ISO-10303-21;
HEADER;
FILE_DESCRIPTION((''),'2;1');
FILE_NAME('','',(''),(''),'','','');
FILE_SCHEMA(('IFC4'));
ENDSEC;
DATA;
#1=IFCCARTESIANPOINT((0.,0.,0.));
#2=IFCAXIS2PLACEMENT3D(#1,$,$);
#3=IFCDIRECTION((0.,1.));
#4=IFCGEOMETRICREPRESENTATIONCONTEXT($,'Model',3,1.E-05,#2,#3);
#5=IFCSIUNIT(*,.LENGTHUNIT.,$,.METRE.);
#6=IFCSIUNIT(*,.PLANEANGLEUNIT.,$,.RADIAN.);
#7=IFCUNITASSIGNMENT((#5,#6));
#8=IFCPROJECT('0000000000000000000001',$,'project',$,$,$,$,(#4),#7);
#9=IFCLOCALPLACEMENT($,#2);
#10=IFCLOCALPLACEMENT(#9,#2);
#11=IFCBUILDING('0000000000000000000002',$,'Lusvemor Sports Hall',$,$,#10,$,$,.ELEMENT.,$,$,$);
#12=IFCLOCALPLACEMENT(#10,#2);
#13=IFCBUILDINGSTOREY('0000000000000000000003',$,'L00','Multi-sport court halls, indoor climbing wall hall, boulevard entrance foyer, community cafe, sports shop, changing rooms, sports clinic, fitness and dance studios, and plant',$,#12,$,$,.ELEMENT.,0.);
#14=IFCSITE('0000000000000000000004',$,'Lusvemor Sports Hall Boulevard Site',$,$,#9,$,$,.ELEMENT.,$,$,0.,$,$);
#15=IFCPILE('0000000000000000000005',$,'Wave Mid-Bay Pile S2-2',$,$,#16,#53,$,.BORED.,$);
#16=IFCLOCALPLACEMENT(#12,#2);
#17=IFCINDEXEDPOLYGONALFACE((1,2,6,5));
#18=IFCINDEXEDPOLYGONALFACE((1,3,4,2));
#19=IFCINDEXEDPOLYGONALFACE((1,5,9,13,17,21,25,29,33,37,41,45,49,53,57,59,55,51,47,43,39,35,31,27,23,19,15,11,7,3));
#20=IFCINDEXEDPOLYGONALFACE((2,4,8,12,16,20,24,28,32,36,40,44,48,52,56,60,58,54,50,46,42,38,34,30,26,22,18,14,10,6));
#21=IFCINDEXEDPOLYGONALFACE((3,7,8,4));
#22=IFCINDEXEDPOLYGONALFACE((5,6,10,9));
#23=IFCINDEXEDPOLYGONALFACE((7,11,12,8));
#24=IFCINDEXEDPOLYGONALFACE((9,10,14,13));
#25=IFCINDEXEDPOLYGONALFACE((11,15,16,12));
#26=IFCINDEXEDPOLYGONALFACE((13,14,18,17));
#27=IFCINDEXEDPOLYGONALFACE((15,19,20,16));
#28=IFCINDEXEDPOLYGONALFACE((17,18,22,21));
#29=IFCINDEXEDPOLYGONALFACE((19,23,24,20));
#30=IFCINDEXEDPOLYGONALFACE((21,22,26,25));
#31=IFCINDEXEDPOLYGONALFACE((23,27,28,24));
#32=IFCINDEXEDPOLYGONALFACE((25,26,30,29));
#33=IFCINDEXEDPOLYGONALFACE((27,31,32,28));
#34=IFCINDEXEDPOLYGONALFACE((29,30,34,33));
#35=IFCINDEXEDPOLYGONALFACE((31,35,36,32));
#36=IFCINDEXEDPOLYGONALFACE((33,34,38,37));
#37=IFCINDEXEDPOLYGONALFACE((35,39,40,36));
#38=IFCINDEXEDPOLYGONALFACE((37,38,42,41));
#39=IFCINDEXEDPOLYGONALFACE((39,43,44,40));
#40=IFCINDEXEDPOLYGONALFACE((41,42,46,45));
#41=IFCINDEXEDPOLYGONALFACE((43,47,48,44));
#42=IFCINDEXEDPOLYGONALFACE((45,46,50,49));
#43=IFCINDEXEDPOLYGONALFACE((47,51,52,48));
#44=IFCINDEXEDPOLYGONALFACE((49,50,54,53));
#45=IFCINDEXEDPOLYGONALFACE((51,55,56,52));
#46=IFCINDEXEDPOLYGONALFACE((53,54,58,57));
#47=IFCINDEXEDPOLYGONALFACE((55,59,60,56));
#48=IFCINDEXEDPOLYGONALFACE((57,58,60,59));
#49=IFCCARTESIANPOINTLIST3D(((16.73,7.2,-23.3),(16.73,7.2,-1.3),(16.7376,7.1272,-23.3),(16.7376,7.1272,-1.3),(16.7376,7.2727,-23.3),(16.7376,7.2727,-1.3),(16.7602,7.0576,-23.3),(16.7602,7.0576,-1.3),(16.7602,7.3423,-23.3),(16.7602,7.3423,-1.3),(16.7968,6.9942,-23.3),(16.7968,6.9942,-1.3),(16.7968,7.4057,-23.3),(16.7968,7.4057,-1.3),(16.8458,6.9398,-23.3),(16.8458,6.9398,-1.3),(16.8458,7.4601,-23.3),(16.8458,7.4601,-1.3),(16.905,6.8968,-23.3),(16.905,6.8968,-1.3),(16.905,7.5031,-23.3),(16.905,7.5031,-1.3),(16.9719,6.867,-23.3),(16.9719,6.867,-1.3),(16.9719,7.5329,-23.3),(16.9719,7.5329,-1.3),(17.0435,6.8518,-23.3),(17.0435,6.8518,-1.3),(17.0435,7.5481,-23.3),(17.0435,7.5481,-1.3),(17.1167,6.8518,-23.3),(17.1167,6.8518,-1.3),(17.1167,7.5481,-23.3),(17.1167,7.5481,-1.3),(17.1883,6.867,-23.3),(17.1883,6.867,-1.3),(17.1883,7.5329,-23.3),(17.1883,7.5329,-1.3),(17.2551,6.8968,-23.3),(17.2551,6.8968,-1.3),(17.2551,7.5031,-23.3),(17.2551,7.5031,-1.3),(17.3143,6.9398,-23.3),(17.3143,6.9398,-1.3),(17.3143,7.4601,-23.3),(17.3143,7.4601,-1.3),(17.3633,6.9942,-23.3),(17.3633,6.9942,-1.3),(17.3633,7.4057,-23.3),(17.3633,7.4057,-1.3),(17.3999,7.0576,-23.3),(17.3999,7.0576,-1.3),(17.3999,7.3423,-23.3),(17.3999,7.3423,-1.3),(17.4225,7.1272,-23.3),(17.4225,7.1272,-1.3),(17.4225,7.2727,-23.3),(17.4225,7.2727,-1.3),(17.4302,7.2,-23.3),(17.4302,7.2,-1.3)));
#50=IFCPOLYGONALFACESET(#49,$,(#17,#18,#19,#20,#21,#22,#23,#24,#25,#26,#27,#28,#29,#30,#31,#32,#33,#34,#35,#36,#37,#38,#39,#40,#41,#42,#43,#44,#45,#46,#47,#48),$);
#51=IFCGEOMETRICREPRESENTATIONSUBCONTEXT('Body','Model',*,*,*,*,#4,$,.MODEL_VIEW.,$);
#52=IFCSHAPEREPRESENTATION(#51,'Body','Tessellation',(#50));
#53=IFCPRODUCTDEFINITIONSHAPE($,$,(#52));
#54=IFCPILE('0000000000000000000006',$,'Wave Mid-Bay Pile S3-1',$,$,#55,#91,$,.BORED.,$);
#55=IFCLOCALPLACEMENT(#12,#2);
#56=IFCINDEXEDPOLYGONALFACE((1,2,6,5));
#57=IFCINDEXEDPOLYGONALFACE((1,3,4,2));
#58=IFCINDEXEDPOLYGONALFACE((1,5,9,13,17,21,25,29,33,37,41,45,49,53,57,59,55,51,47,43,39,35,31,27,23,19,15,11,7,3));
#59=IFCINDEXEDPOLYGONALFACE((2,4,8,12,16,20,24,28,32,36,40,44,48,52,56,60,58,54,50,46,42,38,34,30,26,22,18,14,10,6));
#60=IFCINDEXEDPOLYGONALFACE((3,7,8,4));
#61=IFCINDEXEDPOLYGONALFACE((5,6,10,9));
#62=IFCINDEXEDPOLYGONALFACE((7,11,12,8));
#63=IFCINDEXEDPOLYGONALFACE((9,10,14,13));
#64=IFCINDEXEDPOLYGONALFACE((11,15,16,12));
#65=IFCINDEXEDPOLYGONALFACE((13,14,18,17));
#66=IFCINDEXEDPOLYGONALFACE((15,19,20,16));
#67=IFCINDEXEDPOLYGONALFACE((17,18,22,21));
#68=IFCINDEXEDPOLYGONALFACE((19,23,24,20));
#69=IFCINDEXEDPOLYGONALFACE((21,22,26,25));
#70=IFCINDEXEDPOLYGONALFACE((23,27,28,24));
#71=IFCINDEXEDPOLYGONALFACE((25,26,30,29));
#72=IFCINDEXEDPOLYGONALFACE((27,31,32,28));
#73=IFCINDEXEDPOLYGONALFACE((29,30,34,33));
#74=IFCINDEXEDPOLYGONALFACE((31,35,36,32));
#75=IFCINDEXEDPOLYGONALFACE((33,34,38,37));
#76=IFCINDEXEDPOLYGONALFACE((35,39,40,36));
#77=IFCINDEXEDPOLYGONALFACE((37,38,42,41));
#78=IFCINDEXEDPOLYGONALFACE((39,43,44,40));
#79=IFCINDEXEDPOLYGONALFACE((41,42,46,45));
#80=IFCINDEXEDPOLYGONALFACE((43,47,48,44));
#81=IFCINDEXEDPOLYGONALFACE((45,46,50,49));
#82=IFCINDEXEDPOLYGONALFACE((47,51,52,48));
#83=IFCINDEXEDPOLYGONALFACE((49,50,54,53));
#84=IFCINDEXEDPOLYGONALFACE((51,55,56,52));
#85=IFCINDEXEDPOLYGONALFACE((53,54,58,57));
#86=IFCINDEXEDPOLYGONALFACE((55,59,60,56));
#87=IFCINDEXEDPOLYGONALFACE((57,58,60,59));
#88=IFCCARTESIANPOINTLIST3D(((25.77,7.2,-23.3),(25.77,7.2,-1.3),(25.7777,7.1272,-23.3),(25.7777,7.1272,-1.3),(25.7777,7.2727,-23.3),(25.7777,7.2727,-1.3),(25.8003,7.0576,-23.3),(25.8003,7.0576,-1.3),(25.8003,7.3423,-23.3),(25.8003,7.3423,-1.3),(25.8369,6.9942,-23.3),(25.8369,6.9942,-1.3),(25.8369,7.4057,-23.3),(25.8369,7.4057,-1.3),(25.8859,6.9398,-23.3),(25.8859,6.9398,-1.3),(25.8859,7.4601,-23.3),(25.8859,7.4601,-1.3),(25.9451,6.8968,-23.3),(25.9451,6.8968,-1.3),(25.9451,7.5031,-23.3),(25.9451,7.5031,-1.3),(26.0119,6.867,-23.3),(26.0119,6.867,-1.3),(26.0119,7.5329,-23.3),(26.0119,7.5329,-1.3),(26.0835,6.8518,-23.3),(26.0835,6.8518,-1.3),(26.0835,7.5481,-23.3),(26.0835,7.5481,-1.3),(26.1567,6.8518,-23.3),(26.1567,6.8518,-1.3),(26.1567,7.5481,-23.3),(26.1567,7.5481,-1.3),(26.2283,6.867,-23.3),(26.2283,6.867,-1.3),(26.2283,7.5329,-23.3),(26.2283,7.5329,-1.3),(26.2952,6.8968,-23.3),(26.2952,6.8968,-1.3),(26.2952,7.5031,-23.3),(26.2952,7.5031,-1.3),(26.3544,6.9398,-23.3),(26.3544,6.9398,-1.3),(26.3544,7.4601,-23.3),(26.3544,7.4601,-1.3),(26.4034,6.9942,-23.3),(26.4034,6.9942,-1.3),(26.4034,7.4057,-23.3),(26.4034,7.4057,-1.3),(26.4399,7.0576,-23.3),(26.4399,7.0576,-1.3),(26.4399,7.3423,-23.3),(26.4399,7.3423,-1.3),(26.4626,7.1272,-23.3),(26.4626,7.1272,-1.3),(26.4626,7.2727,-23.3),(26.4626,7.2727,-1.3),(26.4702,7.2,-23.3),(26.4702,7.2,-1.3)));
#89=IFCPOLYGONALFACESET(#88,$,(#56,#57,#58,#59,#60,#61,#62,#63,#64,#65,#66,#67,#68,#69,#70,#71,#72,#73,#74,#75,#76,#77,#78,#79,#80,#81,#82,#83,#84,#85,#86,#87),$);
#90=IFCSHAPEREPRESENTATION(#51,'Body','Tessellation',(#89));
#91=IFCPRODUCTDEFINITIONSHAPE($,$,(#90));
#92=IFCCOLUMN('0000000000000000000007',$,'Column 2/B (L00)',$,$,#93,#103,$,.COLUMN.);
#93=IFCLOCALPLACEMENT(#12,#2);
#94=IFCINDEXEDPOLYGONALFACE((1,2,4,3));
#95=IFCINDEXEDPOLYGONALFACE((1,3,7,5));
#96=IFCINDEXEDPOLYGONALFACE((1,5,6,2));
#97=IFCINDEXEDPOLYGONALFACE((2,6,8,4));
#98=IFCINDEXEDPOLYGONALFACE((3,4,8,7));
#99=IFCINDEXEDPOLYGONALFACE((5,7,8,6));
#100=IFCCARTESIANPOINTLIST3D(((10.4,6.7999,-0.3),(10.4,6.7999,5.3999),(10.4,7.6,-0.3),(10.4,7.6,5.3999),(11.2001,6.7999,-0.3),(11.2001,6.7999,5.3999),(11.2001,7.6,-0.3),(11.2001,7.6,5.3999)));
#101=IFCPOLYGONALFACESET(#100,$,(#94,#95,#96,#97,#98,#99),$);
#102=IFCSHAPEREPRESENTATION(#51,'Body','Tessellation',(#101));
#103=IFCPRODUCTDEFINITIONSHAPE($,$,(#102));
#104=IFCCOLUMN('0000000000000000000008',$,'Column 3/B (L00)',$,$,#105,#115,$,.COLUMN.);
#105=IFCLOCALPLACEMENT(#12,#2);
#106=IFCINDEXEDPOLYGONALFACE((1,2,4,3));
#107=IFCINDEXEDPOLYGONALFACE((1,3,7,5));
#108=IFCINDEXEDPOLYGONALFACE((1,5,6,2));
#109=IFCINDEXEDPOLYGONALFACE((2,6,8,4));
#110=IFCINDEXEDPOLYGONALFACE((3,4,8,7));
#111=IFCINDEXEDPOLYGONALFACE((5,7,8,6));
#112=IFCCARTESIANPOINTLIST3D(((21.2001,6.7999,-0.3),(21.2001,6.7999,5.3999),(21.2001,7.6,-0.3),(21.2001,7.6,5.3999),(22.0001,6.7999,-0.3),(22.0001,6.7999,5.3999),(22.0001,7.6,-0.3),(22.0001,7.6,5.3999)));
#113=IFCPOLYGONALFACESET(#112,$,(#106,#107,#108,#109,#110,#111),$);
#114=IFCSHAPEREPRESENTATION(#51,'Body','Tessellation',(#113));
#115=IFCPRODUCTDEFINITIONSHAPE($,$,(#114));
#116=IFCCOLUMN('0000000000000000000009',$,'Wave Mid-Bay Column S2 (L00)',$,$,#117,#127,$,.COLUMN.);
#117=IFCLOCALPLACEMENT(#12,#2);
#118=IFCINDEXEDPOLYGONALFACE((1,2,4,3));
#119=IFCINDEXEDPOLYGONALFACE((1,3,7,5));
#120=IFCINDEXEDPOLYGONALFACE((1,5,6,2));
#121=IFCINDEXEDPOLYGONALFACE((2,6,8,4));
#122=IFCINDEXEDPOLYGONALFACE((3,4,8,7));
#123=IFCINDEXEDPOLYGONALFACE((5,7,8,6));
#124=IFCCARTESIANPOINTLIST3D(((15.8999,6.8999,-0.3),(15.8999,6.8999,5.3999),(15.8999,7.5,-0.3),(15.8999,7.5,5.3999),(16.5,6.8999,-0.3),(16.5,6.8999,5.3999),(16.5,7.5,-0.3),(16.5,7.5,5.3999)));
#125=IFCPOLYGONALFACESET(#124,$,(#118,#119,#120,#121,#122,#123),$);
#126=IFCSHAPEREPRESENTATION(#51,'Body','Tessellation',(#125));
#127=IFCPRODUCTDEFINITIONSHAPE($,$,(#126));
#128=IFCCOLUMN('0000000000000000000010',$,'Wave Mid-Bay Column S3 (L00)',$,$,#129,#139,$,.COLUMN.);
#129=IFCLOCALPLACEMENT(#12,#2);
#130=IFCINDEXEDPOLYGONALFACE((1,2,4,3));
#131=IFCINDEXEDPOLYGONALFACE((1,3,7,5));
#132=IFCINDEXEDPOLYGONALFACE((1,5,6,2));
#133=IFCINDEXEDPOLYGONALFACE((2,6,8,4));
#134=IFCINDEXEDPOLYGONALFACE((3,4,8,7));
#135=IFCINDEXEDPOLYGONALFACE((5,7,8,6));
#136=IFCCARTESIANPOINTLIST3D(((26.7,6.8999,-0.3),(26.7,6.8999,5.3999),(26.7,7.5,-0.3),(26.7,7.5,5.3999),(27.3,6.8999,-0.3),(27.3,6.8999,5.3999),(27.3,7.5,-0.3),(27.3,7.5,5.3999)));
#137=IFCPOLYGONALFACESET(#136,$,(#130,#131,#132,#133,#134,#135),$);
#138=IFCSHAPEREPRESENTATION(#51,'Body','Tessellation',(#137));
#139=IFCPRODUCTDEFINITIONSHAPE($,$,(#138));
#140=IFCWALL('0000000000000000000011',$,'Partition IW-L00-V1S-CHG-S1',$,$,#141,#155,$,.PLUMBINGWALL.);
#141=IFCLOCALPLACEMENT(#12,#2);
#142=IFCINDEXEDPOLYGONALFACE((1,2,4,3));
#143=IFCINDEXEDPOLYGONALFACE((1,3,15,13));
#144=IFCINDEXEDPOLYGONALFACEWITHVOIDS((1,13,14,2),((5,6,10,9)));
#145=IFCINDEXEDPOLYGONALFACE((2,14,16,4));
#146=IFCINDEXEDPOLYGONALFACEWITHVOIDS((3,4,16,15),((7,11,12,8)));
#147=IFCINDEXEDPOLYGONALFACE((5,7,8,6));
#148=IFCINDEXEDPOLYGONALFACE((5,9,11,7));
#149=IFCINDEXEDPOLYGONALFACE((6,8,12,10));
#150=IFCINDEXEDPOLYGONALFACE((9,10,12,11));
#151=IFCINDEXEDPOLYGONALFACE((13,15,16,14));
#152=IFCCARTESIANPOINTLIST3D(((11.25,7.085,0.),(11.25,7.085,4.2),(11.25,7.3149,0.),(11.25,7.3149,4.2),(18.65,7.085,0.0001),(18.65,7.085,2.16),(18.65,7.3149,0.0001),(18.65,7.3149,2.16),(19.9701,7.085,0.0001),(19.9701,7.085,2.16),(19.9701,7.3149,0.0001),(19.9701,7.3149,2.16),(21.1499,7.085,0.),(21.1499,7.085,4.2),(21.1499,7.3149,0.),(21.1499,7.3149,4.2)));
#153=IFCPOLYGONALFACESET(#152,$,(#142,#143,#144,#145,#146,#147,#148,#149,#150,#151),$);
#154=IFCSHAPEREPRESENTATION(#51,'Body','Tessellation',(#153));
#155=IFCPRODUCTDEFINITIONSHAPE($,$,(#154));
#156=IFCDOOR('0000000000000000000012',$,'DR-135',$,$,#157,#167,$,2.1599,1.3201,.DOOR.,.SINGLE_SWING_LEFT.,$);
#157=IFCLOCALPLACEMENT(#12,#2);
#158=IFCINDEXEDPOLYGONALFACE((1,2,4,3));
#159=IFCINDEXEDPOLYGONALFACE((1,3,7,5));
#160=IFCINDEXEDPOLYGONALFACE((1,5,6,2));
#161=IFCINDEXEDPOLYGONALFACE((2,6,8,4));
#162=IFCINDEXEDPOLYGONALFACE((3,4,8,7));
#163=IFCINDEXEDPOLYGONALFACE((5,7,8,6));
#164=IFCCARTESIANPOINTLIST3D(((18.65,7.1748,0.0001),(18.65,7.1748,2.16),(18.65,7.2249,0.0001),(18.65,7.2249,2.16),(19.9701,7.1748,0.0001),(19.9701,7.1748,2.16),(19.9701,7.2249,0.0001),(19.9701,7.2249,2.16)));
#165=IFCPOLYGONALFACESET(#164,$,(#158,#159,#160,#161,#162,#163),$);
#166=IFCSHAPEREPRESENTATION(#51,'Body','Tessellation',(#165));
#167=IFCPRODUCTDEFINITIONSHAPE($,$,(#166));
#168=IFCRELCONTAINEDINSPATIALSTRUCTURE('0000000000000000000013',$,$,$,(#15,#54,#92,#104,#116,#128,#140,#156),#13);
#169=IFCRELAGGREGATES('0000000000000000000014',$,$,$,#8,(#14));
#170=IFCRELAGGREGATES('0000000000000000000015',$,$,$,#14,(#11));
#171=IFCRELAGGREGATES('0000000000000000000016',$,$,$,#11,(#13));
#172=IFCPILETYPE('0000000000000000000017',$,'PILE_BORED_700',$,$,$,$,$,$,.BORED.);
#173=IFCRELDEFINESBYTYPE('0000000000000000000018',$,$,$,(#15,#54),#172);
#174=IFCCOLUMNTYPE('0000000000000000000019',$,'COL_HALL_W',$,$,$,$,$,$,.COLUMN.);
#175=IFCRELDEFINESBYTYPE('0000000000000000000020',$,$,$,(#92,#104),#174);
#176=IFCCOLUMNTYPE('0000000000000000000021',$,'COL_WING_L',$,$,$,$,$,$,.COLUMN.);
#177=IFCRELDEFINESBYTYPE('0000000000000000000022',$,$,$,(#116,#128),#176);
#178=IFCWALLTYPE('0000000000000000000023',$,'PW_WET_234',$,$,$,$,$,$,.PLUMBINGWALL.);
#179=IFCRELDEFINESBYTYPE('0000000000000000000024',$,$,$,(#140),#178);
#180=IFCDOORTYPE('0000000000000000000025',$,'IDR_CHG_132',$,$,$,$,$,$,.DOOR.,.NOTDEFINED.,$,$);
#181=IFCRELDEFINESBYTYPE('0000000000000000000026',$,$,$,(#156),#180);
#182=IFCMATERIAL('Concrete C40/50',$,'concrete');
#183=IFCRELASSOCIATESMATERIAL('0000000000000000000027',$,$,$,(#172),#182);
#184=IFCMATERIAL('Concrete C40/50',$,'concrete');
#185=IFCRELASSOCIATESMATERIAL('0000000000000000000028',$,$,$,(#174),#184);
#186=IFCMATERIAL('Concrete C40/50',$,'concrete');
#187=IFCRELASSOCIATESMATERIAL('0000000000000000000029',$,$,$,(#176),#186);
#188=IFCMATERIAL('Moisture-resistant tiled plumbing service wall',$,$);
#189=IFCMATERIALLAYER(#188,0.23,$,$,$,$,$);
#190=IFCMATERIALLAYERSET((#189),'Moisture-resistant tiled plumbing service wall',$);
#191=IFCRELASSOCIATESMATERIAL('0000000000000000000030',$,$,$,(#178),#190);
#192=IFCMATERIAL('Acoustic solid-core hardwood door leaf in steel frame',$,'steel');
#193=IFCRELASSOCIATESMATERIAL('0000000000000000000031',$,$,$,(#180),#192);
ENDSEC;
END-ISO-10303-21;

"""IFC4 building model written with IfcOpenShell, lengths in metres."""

from ifc_helpers import new_model, si_unit, direction, frame, frame_2d, origin, origin_2d, place, context, subcontext, project, spatial, rectangle, circle, extrude, material, layer, layer_set, material_profile, profile_set, type_object, element, fill, save


model = new_model("IFC4")

# Units and contexts
model_context = context("Model", 3, precision=1e-05, world=origin(), true_north=direction((0.0, 1.0)))
body_context = subcontext(model_context, "Body", "Model", "MODEL_VIEW")
ifc_project = project(units=[si_unit("LENGTHUNIT", "METRE"), si_unit("PLANEANGLEUNIT", "RADIAN")], contexts=[model_context])

# Site, building, storey
site_placement = place(None, origin())
site = spatial("IfcSite", under=ifc_project, at=site_placement, Name="Lusvemor Sports Hall Boulevard Site", CompositionType="ELEMENT", RefElevation=0.0)
building_placement = place(site_placement, origin())
building = spatial("IfcBuilding", under=site, at=building_placement, Name="Lusvemor Sports Hall", CompositionType="ELEMENT")
storey_placement = place(building_placement, origin())
storey = spatial("IfcBuildingStorey", under=building, at=storey_placement, Name="L00", Description="Multi-sport court halls, indoor climbing wall hall, boulevard entrance foyer, community cafe, sports shop, changing rooms, sports clinic, fitness and dance studios, and plant", CompositionType="ELEMENT", Elevation=0.0)

# Piles
ifc_material_1 = material(Name="Concrete C40/50", Category="concrete")
ifc_material_profile_1 = material_profile(ifc_material_1, circle(Radius=0.3501, at=origin_2d()), Name="PILE700")
ifc_profile_set_1 = profile_set([ifc_material_profile_1], Name="Concrete C40/50")
pile_type = type_object("IfcPileType", Name="PILE_BORED_700", PredefinedType="BORED", material=ifc_profile_set_1)
for number, where, z_axis, x_axis, name in (
    (1, (17.0801, 7.2, -1.3), (0.0, 0.0, -1.0), (1.0, 0.0, 0.0), "Wave Mid-Bay Pile S2-2"),
    (2, (26.1201, 7.2, -1.3), (0.0, 0.0, -1.0), (1.0, 0.0, 0.0), "Wave Mid-Bay Pile S3-1"),
):
    element("IfcPile", number, at=place(storey_placement, frame(where, z_axis=z_axis, x_axis=x_axis)), inside=storey, type_object=pile_type, Name=name, PredefinedType="BORED", context=body_context, shape_type="SweptSolid", body=[
        extrude(circle(Radius=0.3501, at=origin_2d()), origin(), (0.0, 0.0, 1.0), 22.0),
    ])

# Columns
ifc_material_2 = material(Name="Concrete C40/50", Category="concrete")
ifc_material_profile_2 = material_profile(ifc_material_2, rectangle(XDim=0.8, YDim=0.8, at=origin_2d()), Name="RC800x800")
ifc_profile_set_2 = profile_set([ifc_material_profile_2], Name="Concrete C40/50")
column_type_1 = type_object("IfcColumnType", Name="COL_HALL_W", PredefinedType="COLUMN", material=ifc_profile_set_2)
for number, where, z_axis, x_axis, name in (
    (3, (10.8, 7.2, -0.3), (0.0, 0.0, 1.0), (1.0, 0.0, 0.0), "Column 2/B (L00)"),
    (4, (21.6001, 7.2, -0.3), (0.0, 0.0, 1.0), (1.0, 0.0, 0.0), "Column 3/B (L00)"),
):
    element("IfcColumn", number, at=place(storey_placement, frame(where, z_axis=z_axis, x_axis=x_axis)), inside=storey, type_object=column_type_1, Name=name, PredefinedType="COLUMN", context=body_context, shape_type="SweptSolid", body=[
        extrude(rectangle(XDim=0.8, YDim=0.8, at=origin_2d()), origin(), (0.0, 0.0, 1.0), 5.7),
    ])
ifc_material_3 = material(Name="Concrete C40/50", Category="concrete")
ifc_material_profile_3 = material_profile(ifc_material_3, rectangle(XDim=0.6001, YDim=0.6001, at=origin_2d()), Name="RC600x600")
ifc_profile_set_3 = profile_set([ifc_material_profile_3], Name="Concrete C40/50")
column_type_2 = type_object("IfcColumnType", Name="COL_WING_L", PredefinedType="COLUMN", material=ifc_profile_set_3)
for number, where, z_axis, x_axis, name in (
    (5, (16.2, 7.2, -0.3), (0.0, 0.0, 1.0), (1.0, 0.0, 0.0), "Wave Mid-Bay Column S2 (L00)"),
    (6, (27.0, 7.2, -0.3), (0.0, 0.0, 1.0), (1.0, 0.0, 0.0), "Wave Mid-Bay Column S3 (L00)"),
):
    element("IfcColumn", number, at=place(storey_placement, frame(where, z_axis=z_axis, x_axis=x_axis)), inside=storey, type_object=column_type_2, Name=name, PredefinedType="COLUMN", context=body_context, shape_type="SweptSolid", body=[
        extrude(rectangle(XDim=0.6001, YDim=0.6001, at=origin_2d()), origin(), (0.0, 0.0, 1.0), 5.7),
    ])

# Wall, opening, door
ifc_material_4 = material(Name="Moisture-resistant tiled plumbing service wall")
ifc_layer_1 = layer(ifc_material_4, 0.23)
ifc_layer_set_1 = layer_set([ifc_layer_1], Name="Moisture-resistant tiled plumbing service wall")
wall_type_1 = type_object("IfcWallType", Name="PW_WET_234", PredefinedType="PLUMBINGWALL", material=ifc_layer_set_1)
wall_1_placement = place(storey_placement, frame((11.25, 7.2, 0.0), z_axis=(0.0, 0.0, 1.0), x_axis=(1.0, 0.0, 0.0)))
wall_1 = element("IfcWall", 7, at=wall_1_placement, inside=storey, type_object=wall_type_1, Name="Partition IW-L00-V1S-CHG-S1", PredefinedType="PLUMBINGWALL", context=body_context, shape_type="SweptSolid", body=[
    extrude(rectangle(XDim=9.8999, YDim=0.23, at=frame_2d((4.95, 0.0))), origin(), (0.0, 0.0, 1.0), 4.2),
])
opening_1_placement = place(wall_1_placement, frame((7.3999, 0.0, 0.0)))
opening_1 = element("IfcOpeningElement", 8, at=opening_1_placement, cuts=wall_1, PredefinedType="OPENING", context=body_context, shape_type="SweptSolid", body=[
    extrude(rectangle(XDim=1.3201, YDim=2.1599, at=frame_2d((0.6602, 1.0801))), frame((0.0, 0.115, 0.0), z_axis=(0.0, -1.0, 0.0), x_axis=(1.0, 0.0, 0.0)), (0.0, 0.0, 1.0), 0.23),
])
ifc_material_5 = material(Name="Acoustic solid-core hardwood door leaf in steel frame", Category="steel")
door_type_1 = type_object("IfcDoorType", Name="IDR_CHG_132", OperationType="NOTDEFINED", PredefinedType="DOOR", material=ifc_material_5)
door_1_placement = place(opening_1_placement, origin())
door_1 = element("IfcDoor", 9, at=door_1_placement, inside=storey, type_object=door_type_1, Name="DR-135", OperationType="SINGLE_SWING_LEFT", OverallHeight=2.1599, OverallWidth=1.3201, PredefinedType="DOOR", context=body_context, shape_type="SweptSolid", body=[
    extrude(rectangle(XDim=1.3201, YDim=2.1599, at=frame_2d((0.6602, 1.0801))), frame((0.0, 0.0249, 0.0), z_axis=(0.0, -1.0, 0.0), x_axis=(1.0, 0.0, 0.0)), (0.0, 0.0, 1.0), 0.05),
])
fill(opening_1, door_1)

save(model, "model.ifc")
